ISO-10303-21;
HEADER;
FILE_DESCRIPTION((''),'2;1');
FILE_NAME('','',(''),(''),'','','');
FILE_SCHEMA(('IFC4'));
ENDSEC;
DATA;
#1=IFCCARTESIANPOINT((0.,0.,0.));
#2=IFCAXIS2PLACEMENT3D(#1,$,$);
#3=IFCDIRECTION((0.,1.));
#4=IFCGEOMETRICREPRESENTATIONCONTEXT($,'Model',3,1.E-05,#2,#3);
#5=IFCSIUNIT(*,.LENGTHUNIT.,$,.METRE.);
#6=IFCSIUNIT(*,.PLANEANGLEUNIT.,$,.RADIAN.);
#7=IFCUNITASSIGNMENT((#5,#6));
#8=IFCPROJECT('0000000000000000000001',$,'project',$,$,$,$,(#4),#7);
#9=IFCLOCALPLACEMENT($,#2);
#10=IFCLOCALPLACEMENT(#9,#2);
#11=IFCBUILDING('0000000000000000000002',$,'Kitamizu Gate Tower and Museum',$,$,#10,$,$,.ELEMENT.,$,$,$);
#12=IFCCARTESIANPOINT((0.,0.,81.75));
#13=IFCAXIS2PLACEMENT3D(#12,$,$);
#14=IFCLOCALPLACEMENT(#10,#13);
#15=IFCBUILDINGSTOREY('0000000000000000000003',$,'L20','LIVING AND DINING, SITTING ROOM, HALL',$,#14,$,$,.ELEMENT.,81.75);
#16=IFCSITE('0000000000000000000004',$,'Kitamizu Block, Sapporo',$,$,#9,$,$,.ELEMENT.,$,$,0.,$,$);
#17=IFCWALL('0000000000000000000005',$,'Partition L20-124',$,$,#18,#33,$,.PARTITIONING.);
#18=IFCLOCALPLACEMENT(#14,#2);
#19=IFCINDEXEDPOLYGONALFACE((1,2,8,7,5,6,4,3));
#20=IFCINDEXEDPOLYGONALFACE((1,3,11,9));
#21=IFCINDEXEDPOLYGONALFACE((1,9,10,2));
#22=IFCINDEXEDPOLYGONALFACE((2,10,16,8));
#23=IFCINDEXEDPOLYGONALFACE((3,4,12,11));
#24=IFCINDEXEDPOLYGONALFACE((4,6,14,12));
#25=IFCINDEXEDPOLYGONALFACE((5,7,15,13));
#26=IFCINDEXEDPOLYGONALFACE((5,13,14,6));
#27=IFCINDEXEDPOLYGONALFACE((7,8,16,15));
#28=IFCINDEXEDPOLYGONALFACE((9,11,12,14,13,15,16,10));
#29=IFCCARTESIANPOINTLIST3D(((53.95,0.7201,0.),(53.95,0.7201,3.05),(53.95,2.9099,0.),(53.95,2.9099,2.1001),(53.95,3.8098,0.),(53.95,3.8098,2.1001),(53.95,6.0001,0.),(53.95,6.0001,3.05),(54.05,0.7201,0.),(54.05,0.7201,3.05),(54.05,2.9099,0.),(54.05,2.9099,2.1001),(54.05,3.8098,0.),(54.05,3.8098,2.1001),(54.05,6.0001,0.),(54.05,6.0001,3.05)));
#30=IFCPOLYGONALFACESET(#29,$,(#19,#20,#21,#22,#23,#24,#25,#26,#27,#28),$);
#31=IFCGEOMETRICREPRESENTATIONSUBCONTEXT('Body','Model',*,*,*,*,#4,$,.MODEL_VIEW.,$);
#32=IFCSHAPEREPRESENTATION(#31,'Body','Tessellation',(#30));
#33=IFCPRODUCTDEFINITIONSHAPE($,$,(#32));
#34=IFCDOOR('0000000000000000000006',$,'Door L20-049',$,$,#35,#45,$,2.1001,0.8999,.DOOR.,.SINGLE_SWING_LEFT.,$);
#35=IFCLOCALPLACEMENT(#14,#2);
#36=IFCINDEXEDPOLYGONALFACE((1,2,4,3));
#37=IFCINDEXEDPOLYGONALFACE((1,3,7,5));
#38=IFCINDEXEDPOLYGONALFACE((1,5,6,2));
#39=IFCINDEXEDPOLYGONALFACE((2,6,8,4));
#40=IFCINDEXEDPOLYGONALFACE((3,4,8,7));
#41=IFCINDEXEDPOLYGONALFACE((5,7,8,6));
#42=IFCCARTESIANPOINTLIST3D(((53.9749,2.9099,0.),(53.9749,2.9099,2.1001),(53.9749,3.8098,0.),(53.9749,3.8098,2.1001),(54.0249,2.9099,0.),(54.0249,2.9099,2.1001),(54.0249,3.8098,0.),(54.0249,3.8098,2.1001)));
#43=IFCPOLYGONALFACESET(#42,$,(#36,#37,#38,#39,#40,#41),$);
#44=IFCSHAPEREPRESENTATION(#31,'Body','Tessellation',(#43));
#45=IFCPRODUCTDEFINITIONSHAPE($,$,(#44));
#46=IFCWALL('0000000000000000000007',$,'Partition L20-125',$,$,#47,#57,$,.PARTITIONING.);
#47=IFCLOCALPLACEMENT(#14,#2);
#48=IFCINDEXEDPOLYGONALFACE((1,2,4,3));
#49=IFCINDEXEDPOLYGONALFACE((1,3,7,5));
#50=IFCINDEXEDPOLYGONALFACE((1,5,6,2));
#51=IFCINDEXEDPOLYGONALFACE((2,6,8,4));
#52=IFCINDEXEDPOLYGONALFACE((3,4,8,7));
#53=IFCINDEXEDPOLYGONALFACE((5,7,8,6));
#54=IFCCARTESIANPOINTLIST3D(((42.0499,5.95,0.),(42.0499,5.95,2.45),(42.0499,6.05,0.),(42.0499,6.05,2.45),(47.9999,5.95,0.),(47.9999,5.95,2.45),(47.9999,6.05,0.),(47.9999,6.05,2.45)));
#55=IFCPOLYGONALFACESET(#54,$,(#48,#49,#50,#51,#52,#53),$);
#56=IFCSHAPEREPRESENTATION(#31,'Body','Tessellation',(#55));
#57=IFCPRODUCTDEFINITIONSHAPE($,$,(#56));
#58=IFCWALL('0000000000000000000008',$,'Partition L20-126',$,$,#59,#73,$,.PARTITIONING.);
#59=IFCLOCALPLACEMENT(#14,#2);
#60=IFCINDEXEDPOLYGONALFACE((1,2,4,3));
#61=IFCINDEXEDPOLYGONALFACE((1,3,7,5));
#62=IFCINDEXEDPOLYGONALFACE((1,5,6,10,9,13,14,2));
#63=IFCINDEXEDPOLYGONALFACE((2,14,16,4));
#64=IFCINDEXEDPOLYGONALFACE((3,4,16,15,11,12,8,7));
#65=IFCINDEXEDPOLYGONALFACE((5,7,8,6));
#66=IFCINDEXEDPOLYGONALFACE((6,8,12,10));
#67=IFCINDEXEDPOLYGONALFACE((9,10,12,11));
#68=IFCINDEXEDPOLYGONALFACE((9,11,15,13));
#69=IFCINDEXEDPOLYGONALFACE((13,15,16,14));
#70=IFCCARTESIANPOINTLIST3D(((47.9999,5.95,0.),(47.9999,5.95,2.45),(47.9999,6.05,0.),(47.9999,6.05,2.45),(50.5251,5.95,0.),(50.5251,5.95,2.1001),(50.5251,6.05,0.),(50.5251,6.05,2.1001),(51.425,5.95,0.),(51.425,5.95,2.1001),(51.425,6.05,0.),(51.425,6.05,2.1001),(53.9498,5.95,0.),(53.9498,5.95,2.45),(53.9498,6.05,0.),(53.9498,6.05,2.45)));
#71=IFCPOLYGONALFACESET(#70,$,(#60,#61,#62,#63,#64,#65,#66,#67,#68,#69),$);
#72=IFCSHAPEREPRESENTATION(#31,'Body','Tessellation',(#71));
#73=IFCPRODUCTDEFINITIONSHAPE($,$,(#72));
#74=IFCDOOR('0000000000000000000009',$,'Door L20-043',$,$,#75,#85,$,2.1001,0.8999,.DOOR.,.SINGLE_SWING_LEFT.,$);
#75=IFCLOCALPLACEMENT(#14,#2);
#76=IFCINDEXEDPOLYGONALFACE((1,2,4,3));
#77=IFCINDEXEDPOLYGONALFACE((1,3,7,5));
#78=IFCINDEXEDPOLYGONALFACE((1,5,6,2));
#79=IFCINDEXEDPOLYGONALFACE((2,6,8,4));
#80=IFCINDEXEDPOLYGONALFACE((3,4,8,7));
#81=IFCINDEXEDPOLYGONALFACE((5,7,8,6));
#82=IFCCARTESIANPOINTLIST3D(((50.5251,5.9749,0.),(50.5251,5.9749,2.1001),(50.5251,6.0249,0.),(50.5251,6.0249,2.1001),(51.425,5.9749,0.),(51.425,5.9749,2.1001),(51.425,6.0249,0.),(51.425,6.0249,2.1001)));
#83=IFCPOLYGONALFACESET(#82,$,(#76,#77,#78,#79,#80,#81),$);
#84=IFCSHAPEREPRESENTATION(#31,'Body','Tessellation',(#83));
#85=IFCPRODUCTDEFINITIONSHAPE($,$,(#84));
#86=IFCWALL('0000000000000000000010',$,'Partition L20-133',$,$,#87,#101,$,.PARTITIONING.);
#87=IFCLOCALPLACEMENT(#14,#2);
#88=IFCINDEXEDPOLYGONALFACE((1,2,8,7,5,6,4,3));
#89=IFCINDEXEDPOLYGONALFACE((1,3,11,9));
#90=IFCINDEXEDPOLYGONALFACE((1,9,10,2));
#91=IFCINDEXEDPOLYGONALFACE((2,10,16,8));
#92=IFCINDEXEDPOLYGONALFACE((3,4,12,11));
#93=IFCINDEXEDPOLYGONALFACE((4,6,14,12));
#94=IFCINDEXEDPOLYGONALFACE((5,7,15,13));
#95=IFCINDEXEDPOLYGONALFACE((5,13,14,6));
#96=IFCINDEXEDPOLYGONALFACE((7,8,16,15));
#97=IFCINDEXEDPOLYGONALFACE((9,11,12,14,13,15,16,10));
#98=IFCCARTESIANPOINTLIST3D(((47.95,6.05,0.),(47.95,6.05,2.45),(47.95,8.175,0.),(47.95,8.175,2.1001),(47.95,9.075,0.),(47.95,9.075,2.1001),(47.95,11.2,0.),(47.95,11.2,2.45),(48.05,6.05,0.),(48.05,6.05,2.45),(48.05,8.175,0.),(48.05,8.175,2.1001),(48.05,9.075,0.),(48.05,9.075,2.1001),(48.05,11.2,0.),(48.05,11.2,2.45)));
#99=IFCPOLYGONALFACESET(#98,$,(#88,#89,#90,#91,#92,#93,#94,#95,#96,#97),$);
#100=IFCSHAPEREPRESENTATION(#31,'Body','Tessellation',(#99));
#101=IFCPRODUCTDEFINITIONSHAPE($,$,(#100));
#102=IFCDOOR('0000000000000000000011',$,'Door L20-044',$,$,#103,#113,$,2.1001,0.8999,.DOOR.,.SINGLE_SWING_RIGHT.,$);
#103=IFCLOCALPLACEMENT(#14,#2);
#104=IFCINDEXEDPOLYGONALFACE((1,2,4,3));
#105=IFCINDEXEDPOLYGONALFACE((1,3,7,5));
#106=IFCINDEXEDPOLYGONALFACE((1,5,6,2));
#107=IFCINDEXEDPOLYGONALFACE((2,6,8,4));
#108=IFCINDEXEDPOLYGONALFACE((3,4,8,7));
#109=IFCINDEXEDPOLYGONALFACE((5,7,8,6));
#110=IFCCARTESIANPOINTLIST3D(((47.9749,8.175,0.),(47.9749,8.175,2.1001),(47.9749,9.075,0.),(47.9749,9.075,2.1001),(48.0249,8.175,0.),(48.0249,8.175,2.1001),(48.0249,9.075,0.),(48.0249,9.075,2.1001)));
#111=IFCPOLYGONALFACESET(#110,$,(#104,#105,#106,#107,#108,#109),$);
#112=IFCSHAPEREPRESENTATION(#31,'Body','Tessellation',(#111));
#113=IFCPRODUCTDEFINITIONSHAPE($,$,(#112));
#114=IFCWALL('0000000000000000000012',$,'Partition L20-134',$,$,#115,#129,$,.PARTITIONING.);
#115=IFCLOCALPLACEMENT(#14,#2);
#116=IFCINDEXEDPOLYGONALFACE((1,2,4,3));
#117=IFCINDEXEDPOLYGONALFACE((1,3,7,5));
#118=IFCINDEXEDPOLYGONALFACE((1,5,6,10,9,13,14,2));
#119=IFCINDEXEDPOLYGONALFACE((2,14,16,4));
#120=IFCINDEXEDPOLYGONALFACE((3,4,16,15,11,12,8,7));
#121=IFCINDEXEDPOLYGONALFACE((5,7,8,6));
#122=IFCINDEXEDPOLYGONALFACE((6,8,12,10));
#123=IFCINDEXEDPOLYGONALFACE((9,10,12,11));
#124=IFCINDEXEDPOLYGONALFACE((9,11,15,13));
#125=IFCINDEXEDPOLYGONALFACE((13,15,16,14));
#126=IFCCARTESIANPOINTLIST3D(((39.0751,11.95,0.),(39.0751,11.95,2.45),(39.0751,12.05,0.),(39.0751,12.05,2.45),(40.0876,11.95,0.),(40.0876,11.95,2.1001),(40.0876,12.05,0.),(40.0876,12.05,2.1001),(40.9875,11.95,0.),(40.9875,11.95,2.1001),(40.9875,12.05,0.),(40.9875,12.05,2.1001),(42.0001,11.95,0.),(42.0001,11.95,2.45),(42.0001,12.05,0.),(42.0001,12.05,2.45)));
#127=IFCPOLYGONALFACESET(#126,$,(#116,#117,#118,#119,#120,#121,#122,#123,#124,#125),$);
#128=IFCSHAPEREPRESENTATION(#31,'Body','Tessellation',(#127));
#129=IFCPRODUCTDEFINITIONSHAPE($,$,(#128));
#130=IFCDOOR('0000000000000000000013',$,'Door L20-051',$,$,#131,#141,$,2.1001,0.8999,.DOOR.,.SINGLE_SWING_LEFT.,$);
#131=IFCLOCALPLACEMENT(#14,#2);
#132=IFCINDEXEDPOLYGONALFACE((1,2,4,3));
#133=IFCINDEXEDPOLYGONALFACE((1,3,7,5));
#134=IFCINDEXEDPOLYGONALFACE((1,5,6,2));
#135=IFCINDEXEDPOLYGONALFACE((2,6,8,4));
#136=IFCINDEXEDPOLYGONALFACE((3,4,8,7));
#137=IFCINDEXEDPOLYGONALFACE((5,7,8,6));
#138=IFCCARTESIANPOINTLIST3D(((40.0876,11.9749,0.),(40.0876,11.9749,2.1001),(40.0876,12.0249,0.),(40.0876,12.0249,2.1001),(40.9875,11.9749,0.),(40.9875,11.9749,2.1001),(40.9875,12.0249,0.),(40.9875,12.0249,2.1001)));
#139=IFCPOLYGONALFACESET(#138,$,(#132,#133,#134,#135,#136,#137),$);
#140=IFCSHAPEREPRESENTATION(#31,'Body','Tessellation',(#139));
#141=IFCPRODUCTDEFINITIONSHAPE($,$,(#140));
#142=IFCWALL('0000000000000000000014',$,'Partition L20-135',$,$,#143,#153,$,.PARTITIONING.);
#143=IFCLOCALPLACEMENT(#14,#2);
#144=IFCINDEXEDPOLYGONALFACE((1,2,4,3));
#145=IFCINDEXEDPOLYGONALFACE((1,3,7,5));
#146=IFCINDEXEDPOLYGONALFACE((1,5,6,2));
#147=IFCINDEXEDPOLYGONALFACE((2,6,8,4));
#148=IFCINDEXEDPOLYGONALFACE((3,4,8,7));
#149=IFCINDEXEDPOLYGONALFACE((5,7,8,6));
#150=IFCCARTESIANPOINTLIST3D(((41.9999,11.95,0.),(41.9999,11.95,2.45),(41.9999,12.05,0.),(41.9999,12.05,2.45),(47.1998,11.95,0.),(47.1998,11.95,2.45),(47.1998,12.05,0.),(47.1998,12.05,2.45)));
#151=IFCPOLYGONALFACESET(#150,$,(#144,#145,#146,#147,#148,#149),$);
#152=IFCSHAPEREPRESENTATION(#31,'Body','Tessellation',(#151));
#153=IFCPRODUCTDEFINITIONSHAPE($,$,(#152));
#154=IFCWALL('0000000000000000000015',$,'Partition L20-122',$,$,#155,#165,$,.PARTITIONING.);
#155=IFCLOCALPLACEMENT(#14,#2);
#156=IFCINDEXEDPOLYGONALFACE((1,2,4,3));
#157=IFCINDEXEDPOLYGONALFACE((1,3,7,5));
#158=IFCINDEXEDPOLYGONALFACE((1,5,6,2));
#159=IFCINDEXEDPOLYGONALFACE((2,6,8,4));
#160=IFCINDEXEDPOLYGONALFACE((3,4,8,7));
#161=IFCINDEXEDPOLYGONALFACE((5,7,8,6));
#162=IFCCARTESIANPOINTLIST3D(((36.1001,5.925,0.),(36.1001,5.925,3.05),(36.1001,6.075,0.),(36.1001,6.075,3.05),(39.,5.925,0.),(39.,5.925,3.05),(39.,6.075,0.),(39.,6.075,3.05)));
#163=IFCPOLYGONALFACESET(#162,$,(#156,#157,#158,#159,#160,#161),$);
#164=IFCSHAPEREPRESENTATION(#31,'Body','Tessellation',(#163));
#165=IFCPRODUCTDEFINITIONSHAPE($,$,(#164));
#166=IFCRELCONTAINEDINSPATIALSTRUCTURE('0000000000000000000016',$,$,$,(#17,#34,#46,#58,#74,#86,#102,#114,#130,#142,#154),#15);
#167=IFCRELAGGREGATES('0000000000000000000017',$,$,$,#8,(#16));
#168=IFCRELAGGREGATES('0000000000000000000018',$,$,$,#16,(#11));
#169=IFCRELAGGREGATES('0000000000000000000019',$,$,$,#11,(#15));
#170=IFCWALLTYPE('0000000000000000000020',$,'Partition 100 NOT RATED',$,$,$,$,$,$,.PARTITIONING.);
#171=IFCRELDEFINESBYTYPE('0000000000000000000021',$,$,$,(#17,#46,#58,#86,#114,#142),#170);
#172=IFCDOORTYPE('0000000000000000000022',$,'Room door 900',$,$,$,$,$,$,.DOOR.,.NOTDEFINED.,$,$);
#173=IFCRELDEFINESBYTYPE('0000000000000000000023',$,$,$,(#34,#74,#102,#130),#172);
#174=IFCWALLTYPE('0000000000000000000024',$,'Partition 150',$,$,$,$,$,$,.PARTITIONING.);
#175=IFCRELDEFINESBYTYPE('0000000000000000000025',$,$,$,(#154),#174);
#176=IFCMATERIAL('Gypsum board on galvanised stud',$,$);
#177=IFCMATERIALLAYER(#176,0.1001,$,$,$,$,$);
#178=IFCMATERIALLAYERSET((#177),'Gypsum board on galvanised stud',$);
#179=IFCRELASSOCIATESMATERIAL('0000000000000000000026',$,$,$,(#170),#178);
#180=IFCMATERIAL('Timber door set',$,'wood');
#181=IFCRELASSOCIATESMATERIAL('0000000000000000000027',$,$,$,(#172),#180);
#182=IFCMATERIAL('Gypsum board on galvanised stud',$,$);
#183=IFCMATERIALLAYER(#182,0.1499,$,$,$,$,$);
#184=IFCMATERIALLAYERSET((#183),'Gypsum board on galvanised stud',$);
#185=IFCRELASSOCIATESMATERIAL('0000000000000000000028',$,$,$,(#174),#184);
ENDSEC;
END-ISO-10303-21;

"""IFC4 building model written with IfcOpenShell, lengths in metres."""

from ifc_helpers import new_model, si_unit, direction, frame, frame_2d, origin, place, context, subcontext, project, spatial, rectangle, extrude, material, layer, layer_set, type_object, element, fill, save


model = new_model("IFC4")

# Units and contexts
model_context = context("Model", 3, precision=1e-05, world=origin(), true_north=direction((0.0, 1.0)))
body_context = subcontext(model_context, "Body", "Model", "MODEL_VIEW")
ifc_project = project(units=[si_unit("LENGTHUNIT", "METRE"), si_unit("PLANEANGLEUNIT", "RADIAN")], contexts=[model_context])

# Site, building, storey
site_placement = place(None, origin())
site = spatial("IfcSite", under=ifc_project, at=site_placement, Name="Kitamizu Block, Sapporo", CompositionType="ELEMENT", RefElevation=0.0)
building_placement = place(site_placement, origin())
building = spatial("IfcBuilding", under=site, at=building_placement, Name="Kitamizu Gate Tower and Museum", CompositionType="ELEMENT")
storey_placement = place(building_placement, frame((0.0, 0.0, 81.75)))
storey = spatial("IfcBuildingStorey", under=building, at=storey_placement, Name="L20", Description="LIVING AND DINING, SITTING ROOM, HALL", CompositionType="ELEMENT", Elevation=81.75)

# Shared definitions
ifc_material_1 = material(Name="Gypsum board on galvanised stud")
ifc_layer_1 = layer(ifc_material_1, 0.1001)
ifc_layer_set_1 = layer_set([ifc_layer_1], Name="Gypsum board on galvanised stud")
wall_type_1 = type_object("IfcWallType", Name="Partition 100 NOT RATED", PredefinedType="PARTITIONING", material=ifc_layer_set_1)
ifc_material_2 = material(Name="Timber door set", Category="wood")
door_type_1 = type_object("IfcDoorType", Name="Room door 900", OperationType="NOTDEFINED", PredefinedType="DOOR", material=ifc_material_2)

# Wall, opening, door
wall_1_placement = place(storey_placement, frame((54.0, 0.72, 0.0), z_axis=(0.0, 0.0, 1.0), x_axis=(0.0, 1.0, 0.0)))
wall_1 = element("IfcWall", 1, at=wall_1_placement, inside=storey, type_object=wall_type_1, Name="Partition L20-124", PredefinedType="PARTITIONING", context=body_context, shape_type="SweptSolid", body=[
    extrude(rectangle(XDim=5.28, YDim=0.1001, at=frame_2d((2.6401, 0.0))), origin(), (0.0, 0.0, 1.0), 3.05),
])
opening_1_placement = place(wall_1_placement, frame((2.1899, 0.0, 0.0)))
opening_1 = element("IfcOpeningElement", 2, at=opening_1_placement, cuts=wall_1, PredefinedType="OPENING", context=body_context, shape_type="SweptSolid", body=[
    extrude(rectangle(XDim=0.8999, YDim=2.1001, at=frame_2d((0.45, 1.05))), frame((0.0, 0.0601, 0.0), z_axis=(0.0, -1.0, 0.0), x_axis=(1.0, 0.0, 0.0)), (0.0, 0.0, 1.0), 0.1201),
])
door_1_placement = place(opening_1_placement, frame((0.8999, 0.0, 0.0), x_axis=(-1.0, 0.0, 0.0)))
door_1 = element("IfcDoor", 3, at=door_1_placement, inside=storey, type_object=door_type_1, Name="Door L20-049", OperationType="SINGLE_SWING_LEFT", OverallHeight=2.1001, OverallWidth=0.8999, PredefinedType="DOOR", context=body_context, shape_type="SweptSolid", body=[
    extrude(rectangle(XDim=0.8999, YDim=2.1001, at=frame_2d((0.45, 1.05))), frame((0.0, 0.0249, 0.0), z_axis=(0.0, -1.0, 0.0), x_axis=(1.0, 0.0, 0.0)), (0.0, 0.0, 1.0), 0.05),
])
fill(opening_1, door_1)

# Wall
wall_2_placement = place(storey_placement, frame((48.0, 6.0, 0.0), z_axis=(0.0, 0.0, 1.0), x_axis=(-1.0, 0.0, 0.0)))
element("IfcWall", 4, at=wall_2_placement, inside=storey, type_object=wall_type_1, Name="Partition L20-125", PredefinedType="PARTITIONING", context=body_context, shape_type="SweptSolid", body=[
    extrude(rectangle(XDim=5.95, YDim=0.1001, at=frame_2d((2.9751, 0.0))), origin(), (0.0, 0.0, 1.0), 2.45),
])

# Walls, openings, doors
wall_3_placement = place(storey_placement, frame((53.95, 6.0, 0.0), z_axis=(0.0, 0.0, 1.0), x_axis=(-1.0, 0.0, 0.0)))
wall_3 = element("IfcWall", 5, at=wall_3_placement, inside=storey, type_object=wall_type_1, Name="Partition L20-126", PredefinedType="PARTITIONING", context=body_context, shape_type="SweptSolid", body=[
    extrude(rectangle(XDim=5.95, YDim=0.1001, at=frame_2d((2.9751, 0.0))), origin(), (0.0, 0.0, 1.0), 2.45),
])
opening_2_placement = place(wall_3_placement, frame((2.5249, 0.0, 0.0)))
opening_2 = element("IfcOpeningElement", 6, at=opening_2_placement, cuts=wall_3, PredefinedType="OPENING", context=body_context, shape_type="SweptSolid", body=[
    extrude(rectangle(XDim=0.8999, YDim=2.1001, at=frame_2d((0.45, 1.05))), frame((0.0, 0.0601, 0.0), z_axis=(0.0, -1.0, 0.0), x_axis=(1.0, 0.0, 0.0)), (0.0, 0.0, 1.0), 0.1201),
])
door_2_placement = place(opening_2_placement, frame((0.8999, 0.0, 0.0), x_axis=(-1.0, 0.0, 0.0)))
door_2 = element("IfcDoor", 7, at=door_2_placement, inside=storey, type_object=door_type_1, Name="Door L20-043", OperationType="SINGLE_SWING_LEFT", OverallHeight=2.1001, OverallWidth=0.8999, PredefinedType="DOOR", context=body_context, shape_type="SweptSolid", body=[
    extrude(rectangle(XDim=0.8999, YDim=2.1001, at=frame_2d((0.45, 1.05))), frame((0.0, 0.0249, 0.0), z_axis=(0.0, -1.0, 0.0), x_axis=(1.0, 0.0, 0.0)), (0.0, 0.0, 1.0), 0.05),
])
fill(opening_2, door_2)
wall_4_placement = place(storey_placement, frame((48.0, 6.05, 0.0), z_axis=(0.0, 0.0, 1.0), x_axis=(0.0, 1.0, 0.0)))
wall_4 = element("IfcWall", 8, at=wall_4_placement, inside=storey, type_object=wall_type_1, Name="Partition L20-133", PredefinedType="PARTITIONING", context=body_context, shape_type="SweptSolid", body=[
    extrude(rectangle(XDim=5.1499, YDim=0.1001, at=frame_2d((2.575, 0.0))), origin(), (0.0, 0.0, 1.0), 2.45),
])
opening_3_placement = place(wall_4_placement, frame((2.125, 0.0, 0.0)))
opening_3 = element("IfcOpeningElement", 9, at=opening_3_placement, cuts=wall_4, PredefinedType="OPENING", context=body_context, shape_type="SweptSolid", body=[
    extrude(rectangle(XDim=0.8999, YDim=2.1001, at=frame_2d((0.45, 1.05))), frame((0.0, 0.0601, 0.0), z_axis=(0.0, -1.0, 0.0), x_axis=(1.0, 0.0, 0.0)), (0.0, 0.0, 1.0), 0.1201),
])
door_3_placement = place(opening_3_placement, frame((0.8999, 0.0, 0.0), x_axis=(-1.0, 0.0, 0.0)))
door_3 = element("IfcDoor", 10, at=door_3_placement, inside=storey, type_object=door_type_1, Name="Door L20-044", OperationType="SINGLE_SWING_RIGHT", OverallHeight=2.1001, OverallWidth=0.8999, PredefinedType="DOOR", context=body_context, shape_type="SweptSolid", body=[
    extrude(rectangle(XDim=0.8999, YDim=2.1001, at=frame_2d((0.45, 1.05))), frame((0.0, 0.0249, 0.0), z_axis=(0.0, -1.0, 0.0), x_axis=(1.0, 0.0, 0.0)), (0.0, 0.0, 1.0), 0.05),
])
fill(opening_3, door_3)
wall_5_placement = place(storey_placement, frame((42.0, 12.0, 0.0), z_axis=(0.0, 0.0, 1.0), x_axis=(-1.0, 0.0, 0.0)))
wall_5 = element("IfcWall", 11, at=wall_5_placement, inside=storey, type_object=wall_type_1, Name="Partition L20-134", PredefinedType="PARTITIONING", context=body_context, shape_type="SweptSolid", body=[
    extrude(rectangle(XDim=2.925, YDim=0.1001, at=frame_2d((1.4624, 0.0))), origin(), (0.0, 0.0, 1.0), 2.45),
])
opening_4_placement = place(wall_5_placement, frame((1.0125, 0.0, 0.0)))
opening_4 = element("IfcOpeningElement", 12, at=opening_4_placement, cuts=wall_5, PredefinedType="OPENING", context=body_context, shape_type="SweptSolid", body=[
    extrude(rectangle(XDim=0.8999, YDim=2.1001, at=frame_2d((0.45, 1.05))), frame((0.0, 0.0601, 0.0), z_axis=(0.0, -1.0, 0.0), x_axis=(1.0, 0.0, 0.0)), (0.0, 0.0, 1.0), 0.1201),
])
door_4_placement = place(opening_4_placement, frame((0.8999, 0.0, 0.0), x_axis=(-1.0, 0.0, 0.0)))
door_4 = element("IfcDoor", 13, at=door_4_placement, inside=storey, type_object=door_type_1, Name="Door L20-051", OperationType="SINGLE_SWING_LEFT", OverallHeight=2.1001, OverallWidth=0.8999, PredefinedType="DOOR", context=body_context, shape_type="SweptSolid", body=[
    extrude(rectangle(XDim=0.8999, YDim=2.1001, at=frame_2d((0.45, 1.05))), frame((0.0, 0.0249, 0.0), z_axis=(0.0, -1.0, 0.0), x_axis=(1.0, 0.0, 0.0)), (0.0, 0.0, 1.0), 0.05),
])
fill(opening_4, door_4)

# Walls
wall_6_placement = place(storey_placement, frame((47.2, 12.0, 0.0), z_axis=(0.0, 0.0, 1.0), x_axis=(-1.0, 0.0, 0.0)))
element("IfcWall", 14, at=wall_6_placement, inside=storey, type_object=wall_type_1, Name="Partition L20-135", PredefinedType="PARTITIONING", context=body_context, shape_type="SweptSolid", body=[
    extrude(rectangle(XDim=5.2, YDim=0.1001, at=frame_2d((2.6001, 0.0))), origin(), (0.0, 0.0, 1.0), 2.45),
])
ifc_material_3 = material(Name="Gypsum board on galvanised stud")
ifc_layer_2 = layer(ifc_material_3, 0.1499)
ifc_layer_set_2 = layer_set([ifc_layer_2], Name="Gypsum board on galvanised stud")
wall_type_2 = type_object("IfcWallType", Name="Partition 150", PredefinedType="PARTITIONING", material=ifc_layer_set_2)
wall_7_placement = place(storey_placement, frame((39.0, 6.0, 0.0), z_axis=(0.0, 0.0, 1.0), x_axis=(-1.0, 0.0, 0.0)))
element("IfcWall", 15, at=wall_7_placement, inside=storey, type_object=wall_type_2, Name="Partition L20-122", PredefinedType="PARTITIONING", context=body_context, shape_type="SweptSolid", body=[
    extrude(rectangle(XDim=2.8999, YDim=0.1499, at=frame_2d((1.45, 0.0))), origin(), (0.0, 0.0, 1.0), 3.05),
])

save(model, "model.ifc")
